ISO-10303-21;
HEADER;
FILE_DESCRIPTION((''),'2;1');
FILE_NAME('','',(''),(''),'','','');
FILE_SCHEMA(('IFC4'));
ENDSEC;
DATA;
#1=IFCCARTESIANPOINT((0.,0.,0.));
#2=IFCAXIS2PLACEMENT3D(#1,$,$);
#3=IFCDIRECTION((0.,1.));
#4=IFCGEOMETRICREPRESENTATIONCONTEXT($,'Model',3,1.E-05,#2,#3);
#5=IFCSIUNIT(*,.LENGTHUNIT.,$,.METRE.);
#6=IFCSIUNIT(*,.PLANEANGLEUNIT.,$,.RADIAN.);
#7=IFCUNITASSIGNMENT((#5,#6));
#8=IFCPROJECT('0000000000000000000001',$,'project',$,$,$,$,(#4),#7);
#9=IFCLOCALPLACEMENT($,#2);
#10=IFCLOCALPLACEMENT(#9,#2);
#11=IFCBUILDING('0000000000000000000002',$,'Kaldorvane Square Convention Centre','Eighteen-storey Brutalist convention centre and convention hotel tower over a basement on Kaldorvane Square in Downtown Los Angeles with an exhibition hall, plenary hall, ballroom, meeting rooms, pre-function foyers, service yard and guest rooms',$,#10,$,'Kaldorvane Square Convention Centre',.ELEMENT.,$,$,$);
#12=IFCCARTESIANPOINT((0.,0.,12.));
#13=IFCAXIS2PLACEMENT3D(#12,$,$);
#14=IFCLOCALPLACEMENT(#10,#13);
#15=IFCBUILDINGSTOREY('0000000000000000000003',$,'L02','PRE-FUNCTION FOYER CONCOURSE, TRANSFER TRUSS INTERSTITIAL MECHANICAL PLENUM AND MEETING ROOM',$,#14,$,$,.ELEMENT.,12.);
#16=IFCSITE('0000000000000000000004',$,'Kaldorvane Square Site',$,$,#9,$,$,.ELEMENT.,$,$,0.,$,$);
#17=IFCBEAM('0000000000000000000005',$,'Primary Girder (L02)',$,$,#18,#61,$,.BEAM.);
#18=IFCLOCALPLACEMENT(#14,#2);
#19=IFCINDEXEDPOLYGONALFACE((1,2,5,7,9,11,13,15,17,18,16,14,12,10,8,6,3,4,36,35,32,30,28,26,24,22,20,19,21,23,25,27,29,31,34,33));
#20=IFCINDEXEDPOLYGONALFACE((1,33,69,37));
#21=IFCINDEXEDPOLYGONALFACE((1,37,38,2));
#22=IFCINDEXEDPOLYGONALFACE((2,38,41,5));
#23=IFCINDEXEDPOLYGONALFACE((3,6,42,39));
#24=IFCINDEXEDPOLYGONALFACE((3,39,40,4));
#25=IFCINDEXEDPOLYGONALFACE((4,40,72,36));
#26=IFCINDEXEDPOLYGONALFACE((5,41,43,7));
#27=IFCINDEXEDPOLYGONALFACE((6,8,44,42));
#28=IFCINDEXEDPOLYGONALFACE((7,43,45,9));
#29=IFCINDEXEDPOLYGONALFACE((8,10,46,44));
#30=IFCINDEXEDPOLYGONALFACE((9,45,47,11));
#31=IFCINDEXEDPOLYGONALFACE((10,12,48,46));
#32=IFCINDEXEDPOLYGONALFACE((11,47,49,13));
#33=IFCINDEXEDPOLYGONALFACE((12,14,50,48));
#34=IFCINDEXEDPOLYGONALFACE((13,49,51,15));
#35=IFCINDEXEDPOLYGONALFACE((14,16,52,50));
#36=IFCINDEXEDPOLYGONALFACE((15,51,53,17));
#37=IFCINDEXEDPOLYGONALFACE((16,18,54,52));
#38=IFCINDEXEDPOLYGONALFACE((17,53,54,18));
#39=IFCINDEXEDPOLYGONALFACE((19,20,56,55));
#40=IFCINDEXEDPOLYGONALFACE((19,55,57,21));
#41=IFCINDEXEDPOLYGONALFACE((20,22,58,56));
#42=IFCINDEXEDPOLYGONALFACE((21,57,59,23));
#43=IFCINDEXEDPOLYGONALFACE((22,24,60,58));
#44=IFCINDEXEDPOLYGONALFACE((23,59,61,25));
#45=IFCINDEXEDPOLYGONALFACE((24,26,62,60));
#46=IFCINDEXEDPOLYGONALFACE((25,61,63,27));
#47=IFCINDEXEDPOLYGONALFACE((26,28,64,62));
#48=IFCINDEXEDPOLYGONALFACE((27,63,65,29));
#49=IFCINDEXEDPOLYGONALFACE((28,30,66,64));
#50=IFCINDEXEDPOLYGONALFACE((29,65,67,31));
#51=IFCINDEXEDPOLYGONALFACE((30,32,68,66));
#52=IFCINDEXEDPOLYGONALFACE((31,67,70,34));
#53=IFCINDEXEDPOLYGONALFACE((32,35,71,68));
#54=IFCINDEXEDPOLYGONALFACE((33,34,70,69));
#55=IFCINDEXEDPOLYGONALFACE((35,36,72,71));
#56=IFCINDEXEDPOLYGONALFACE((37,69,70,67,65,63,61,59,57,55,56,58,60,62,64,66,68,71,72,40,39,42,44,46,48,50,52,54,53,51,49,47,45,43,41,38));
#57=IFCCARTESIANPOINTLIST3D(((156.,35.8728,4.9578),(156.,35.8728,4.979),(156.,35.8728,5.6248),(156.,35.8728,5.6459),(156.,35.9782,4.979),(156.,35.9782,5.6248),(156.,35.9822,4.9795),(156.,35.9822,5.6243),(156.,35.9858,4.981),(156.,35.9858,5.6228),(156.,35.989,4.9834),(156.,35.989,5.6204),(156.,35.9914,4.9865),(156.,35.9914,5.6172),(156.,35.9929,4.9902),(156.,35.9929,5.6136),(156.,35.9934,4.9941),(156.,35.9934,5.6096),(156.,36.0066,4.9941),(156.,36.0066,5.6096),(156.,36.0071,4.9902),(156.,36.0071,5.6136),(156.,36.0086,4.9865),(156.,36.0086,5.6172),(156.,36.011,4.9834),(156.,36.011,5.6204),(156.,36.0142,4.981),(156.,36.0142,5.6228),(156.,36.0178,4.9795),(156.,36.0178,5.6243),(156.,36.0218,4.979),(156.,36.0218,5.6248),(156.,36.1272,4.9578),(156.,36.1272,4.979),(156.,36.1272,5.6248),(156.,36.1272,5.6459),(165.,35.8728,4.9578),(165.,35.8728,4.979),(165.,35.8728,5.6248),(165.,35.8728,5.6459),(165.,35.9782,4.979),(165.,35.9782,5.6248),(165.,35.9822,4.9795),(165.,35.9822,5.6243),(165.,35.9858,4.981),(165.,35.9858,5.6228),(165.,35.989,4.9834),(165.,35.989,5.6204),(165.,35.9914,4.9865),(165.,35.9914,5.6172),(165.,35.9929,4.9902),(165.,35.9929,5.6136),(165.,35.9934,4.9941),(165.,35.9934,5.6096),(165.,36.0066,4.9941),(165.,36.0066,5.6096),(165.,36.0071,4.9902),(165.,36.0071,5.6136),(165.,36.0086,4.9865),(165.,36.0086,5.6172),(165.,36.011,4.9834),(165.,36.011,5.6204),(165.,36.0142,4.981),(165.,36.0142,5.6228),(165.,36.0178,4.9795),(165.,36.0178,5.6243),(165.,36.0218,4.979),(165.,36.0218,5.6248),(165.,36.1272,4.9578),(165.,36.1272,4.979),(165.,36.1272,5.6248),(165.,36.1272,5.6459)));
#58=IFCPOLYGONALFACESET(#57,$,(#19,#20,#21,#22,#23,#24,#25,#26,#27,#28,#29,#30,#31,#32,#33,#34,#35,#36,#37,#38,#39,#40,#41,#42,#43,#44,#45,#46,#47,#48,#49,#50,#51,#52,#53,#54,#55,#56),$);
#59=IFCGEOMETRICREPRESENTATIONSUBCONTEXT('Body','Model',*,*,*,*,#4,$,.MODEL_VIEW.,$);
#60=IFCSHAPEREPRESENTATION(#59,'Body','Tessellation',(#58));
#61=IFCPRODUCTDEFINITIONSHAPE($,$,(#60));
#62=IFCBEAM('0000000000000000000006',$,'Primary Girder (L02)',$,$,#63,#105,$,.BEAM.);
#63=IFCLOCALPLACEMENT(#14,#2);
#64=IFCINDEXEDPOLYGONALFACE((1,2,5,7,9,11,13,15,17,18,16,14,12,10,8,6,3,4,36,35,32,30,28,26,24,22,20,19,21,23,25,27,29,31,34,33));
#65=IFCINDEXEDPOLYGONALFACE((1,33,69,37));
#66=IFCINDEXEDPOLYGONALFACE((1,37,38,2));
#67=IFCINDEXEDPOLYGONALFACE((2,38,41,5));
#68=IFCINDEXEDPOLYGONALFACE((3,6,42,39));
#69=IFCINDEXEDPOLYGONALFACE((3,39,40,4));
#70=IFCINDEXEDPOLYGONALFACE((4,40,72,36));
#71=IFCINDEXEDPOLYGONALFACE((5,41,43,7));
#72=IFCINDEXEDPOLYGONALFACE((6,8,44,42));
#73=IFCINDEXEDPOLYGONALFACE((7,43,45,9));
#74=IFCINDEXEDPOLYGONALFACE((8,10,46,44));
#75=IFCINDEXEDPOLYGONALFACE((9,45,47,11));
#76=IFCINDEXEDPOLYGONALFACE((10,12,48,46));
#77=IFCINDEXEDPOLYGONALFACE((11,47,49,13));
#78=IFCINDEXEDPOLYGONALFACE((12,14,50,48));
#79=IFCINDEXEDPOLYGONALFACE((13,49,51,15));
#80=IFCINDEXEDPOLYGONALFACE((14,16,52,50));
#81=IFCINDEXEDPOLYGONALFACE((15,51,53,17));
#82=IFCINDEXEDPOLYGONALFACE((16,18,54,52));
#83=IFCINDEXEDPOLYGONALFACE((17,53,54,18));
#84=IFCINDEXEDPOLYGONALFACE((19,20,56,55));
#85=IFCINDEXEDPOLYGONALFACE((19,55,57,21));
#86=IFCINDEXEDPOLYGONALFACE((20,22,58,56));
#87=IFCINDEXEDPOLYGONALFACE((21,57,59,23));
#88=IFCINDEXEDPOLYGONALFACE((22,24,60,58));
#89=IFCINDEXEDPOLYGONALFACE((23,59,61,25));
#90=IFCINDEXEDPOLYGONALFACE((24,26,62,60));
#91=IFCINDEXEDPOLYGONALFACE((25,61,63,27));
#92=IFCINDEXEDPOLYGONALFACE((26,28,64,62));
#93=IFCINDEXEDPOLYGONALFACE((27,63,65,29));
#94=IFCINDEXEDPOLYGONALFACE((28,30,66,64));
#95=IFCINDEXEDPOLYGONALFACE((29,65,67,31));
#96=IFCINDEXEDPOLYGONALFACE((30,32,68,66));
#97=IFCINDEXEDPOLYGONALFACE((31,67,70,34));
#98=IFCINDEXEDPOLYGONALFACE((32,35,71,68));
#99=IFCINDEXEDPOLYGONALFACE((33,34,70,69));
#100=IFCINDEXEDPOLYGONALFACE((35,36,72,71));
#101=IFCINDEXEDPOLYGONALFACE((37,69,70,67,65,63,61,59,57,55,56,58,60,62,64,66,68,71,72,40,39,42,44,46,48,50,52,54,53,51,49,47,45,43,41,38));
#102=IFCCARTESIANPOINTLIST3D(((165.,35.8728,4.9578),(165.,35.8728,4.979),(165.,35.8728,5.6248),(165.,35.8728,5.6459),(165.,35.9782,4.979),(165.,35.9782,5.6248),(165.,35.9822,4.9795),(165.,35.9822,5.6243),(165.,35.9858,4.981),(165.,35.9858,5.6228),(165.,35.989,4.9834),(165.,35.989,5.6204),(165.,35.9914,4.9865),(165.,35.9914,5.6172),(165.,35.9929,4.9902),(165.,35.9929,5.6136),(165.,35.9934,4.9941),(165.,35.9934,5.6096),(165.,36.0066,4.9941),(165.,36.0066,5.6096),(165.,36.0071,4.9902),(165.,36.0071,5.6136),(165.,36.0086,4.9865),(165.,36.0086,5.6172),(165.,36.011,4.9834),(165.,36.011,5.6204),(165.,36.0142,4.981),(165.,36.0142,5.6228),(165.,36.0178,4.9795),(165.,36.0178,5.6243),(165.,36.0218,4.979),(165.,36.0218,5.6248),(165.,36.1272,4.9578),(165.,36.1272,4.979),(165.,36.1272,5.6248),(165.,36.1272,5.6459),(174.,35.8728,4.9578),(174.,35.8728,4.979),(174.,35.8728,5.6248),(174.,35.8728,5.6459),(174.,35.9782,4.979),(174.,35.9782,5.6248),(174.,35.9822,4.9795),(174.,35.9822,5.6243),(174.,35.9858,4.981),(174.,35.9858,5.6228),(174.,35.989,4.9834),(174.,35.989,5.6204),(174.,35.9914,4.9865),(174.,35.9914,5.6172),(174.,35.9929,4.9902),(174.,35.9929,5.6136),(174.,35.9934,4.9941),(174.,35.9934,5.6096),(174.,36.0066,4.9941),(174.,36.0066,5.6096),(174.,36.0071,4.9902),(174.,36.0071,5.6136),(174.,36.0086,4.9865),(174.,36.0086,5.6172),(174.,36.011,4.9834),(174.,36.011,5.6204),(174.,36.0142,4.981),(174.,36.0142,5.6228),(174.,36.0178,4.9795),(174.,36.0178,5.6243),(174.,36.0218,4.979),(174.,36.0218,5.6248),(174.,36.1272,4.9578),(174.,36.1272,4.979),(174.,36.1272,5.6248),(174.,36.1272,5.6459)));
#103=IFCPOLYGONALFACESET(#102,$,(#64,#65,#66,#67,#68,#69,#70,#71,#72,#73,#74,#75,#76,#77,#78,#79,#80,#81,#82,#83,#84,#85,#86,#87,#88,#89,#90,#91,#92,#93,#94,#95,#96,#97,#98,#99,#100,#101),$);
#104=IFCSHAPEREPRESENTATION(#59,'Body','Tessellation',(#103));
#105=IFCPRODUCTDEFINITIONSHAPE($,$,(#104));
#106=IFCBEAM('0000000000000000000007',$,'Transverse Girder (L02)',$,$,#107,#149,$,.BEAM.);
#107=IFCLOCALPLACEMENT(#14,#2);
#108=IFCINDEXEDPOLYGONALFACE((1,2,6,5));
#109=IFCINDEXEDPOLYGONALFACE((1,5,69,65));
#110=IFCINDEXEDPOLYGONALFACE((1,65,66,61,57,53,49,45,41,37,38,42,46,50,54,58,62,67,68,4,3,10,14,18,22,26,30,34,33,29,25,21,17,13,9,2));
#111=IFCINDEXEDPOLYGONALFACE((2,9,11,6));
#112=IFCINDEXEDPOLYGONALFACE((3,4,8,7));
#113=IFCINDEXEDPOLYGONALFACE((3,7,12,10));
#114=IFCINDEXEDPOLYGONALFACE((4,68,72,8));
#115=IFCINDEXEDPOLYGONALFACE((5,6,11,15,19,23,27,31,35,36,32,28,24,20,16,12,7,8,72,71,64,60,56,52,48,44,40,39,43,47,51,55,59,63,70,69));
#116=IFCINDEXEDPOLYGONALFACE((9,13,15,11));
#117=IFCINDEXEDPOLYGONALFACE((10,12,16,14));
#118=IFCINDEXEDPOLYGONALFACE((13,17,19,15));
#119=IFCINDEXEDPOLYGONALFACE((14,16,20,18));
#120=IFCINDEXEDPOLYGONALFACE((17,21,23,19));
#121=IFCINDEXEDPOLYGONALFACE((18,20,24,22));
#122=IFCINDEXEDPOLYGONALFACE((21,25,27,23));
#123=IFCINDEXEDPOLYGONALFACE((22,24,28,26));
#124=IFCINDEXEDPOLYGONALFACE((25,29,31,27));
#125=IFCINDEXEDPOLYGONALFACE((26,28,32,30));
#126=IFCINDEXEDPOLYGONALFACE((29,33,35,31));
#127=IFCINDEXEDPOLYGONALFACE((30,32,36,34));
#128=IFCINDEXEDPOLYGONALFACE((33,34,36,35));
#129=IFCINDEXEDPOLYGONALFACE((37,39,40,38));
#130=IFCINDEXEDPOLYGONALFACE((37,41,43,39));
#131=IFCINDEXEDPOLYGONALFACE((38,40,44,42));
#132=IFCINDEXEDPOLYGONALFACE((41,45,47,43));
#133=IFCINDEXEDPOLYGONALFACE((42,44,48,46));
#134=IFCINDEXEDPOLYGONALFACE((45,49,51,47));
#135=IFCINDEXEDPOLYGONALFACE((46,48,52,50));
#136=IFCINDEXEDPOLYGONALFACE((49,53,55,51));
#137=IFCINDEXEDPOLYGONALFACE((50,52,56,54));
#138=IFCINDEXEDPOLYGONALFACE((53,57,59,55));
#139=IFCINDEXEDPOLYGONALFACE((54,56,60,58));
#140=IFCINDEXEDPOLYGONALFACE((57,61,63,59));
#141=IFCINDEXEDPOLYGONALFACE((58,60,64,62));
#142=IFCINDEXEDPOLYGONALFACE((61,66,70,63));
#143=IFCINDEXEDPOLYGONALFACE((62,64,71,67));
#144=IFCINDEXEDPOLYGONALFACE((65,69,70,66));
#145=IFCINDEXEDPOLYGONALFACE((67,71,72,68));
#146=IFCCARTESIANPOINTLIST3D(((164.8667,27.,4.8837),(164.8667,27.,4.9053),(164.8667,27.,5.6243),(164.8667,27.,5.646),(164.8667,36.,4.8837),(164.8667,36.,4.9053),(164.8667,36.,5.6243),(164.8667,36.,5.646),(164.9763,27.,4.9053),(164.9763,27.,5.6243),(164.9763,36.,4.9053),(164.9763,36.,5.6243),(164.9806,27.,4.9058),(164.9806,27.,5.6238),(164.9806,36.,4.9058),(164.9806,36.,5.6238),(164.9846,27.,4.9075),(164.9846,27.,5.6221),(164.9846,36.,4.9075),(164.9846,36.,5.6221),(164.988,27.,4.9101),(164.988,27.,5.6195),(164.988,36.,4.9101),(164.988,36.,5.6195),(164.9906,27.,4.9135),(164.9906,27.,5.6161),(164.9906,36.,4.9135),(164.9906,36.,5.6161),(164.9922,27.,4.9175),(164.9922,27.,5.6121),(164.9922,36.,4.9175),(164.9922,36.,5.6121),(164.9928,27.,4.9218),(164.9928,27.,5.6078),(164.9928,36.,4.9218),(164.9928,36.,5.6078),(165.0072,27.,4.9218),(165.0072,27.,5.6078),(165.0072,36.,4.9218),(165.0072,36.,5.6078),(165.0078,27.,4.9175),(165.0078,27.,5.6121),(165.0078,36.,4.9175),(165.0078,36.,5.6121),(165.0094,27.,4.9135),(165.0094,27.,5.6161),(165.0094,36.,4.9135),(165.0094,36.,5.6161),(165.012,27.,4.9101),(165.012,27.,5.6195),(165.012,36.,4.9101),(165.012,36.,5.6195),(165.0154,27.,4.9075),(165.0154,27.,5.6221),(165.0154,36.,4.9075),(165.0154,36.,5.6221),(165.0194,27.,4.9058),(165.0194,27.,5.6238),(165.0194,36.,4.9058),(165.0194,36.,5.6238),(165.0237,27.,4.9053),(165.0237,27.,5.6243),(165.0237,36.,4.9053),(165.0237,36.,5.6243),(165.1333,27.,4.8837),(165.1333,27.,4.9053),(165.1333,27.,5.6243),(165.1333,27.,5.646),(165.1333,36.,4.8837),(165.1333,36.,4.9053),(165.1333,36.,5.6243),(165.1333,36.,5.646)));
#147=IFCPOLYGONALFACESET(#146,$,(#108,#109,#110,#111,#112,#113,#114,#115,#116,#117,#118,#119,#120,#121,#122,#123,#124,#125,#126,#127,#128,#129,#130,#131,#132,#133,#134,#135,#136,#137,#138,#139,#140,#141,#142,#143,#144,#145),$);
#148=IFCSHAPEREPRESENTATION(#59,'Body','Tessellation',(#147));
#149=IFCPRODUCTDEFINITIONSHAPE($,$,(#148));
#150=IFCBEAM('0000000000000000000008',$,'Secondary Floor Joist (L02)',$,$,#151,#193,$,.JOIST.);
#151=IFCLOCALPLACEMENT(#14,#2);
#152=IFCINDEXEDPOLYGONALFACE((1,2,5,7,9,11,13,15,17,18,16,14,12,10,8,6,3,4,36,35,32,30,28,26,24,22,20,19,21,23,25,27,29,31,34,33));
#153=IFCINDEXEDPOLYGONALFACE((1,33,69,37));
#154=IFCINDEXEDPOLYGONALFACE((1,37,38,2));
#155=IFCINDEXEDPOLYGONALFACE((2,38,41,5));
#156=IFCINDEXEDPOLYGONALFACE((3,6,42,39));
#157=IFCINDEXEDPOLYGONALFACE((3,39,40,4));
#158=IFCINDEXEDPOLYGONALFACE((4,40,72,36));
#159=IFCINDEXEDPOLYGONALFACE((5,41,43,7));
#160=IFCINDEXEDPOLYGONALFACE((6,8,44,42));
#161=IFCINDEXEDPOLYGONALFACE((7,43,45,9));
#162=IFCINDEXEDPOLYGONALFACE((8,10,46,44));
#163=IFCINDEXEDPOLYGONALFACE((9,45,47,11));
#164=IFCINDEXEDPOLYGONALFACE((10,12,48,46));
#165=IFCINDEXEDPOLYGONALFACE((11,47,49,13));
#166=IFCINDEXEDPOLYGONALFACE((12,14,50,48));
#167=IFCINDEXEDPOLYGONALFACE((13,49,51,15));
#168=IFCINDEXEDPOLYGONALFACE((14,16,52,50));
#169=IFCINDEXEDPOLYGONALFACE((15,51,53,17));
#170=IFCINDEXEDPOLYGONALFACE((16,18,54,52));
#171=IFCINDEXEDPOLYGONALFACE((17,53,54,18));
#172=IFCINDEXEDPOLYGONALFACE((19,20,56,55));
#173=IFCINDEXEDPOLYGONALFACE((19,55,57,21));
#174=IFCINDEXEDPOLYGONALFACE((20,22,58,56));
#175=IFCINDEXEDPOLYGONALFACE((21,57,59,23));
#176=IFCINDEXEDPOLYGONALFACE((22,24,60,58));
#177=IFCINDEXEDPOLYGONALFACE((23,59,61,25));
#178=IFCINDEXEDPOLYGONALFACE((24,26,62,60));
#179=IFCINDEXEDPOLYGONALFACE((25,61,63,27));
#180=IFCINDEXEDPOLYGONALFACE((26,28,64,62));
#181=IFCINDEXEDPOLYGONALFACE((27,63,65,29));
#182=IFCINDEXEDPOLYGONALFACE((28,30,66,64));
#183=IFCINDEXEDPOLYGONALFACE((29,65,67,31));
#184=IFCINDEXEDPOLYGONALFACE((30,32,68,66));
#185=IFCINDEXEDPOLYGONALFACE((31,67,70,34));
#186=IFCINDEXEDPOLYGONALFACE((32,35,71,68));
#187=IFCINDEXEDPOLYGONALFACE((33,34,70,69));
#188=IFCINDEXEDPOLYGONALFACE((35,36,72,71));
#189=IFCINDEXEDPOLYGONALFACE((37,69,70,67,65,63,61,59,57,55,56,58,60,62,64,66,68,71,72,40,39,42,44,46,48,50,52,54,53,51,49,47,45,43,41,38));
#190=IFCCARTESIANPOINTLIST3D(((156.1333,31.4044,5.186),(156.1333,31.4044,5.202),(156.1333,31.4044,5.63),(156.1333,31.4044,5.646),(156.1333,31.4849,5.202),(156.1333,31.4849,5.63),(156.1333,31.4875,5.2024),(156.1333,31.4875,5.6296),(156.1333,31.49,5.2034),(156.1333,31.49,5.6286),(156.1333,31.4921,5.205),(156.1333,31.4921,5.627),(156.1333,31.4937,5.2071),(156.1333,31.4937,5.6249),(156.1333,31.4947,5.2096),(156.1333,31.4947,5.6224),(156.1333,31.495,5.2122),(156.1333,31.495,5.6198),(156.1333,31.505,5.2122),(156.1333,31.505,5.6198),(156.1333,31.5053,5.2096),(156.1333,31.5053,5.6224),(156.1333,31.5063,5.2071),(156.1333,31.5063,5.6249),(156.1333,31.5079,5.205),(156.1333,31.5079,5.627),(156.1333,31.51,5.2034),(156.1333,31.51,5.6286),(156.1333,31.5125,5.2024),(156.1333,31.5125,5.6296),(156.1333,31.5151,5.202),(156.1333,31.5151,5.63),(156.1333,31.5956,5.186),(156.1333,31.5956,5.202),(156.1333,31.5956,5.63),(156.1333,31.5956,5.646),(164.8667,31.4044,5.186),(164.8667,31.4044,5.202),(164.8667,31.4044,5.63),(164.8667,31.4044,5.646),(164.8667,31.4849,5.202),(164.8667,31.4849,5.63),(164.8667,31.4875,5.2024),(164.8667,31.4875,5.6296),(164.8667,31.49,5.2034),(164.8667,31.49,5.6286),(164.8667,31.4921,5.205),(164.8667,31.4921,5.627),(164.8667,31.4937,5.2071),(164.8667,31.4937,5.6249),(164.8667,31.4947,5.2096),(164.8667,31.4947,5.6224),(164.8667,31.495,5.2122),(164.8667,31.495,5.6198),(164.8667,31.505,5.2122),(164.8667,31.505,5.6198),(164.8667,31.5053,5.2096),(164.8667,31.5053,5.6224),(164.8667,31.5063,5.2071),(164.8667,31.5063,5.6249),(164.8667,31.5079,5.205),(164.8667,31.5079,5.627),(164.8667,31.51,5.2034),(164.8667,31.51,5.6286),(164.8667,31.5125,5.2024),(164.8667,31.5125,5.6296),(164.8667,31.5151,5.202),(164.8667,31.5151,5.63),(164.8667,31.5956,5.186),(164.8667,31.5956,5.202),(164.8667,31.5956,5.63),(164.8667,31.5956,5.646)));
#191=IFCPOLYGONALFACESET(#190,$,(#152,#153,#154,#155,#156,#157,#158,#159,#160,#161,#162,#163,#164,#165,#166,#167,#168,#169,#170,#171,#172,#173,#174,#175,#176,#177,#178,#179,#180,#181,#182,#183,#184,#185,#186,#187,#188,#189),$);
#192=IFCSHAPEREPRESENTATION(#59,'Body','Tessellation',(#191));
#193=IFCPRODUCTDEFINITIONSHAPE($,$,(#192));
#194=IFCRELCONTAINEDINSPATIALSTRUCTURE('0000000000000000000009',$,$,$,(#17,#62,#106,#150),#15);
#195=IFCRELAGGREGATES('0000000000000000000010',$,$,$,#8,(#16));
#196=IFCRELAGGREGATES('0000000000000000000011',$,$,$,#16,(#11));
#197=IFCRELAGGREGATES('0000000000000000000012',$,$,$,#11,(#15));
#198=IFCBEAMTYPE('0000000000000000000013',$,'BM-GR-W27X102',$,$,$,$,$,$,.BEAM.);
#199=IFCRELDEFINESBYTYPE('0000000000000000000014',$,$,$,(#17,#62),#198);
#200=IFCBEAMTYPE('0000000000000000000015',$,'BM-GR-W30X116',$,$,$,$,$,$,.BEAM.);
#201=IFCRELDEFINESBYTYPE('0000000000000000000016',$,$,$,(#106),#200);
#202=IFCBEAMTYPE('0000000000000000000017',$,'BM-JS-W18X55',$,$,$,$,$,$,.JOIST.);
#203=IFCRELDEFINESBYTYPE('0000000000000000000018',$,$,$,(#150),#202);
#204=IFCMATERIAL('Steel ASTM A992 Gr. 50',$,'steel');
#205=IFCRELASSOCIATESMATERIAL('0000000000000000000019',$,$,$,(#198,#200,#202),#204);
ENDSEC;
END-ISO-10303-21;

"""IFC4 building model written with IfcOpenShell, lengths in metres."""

from ifc_helpers import new_model, si_unit, direction, frame, origin, origin_2d, place, context, subcontext, project, spatial, i_section, extrude, material, material_profile, profile_set, type_object, element, save


model = new_model("IFC4")

# Units and contexts
model_context = context("Model", 3, precision=1e-05, world=origin(), true_north=direction((0.0, 1.0)))
body_context = subcontext(model_context, "Body", "Model", "MODEL_VIEW")
ifc_project = project(units=[si_unit("LENGTHUNIT", "METRE"), si_unit("PLANEANGLEUNIT", "RADIAN")], contexts=[model_context])

# Site, building, storey
site_placement = place(None, origin())
site = spatial("IfcSite", under=ifc_project, at=site_placement, Name="Kaldorvane Square Site", CompositionType="ELEMENT", RefElevation=0.0)
building_placement = place(site_placement, origin())
building = spatial("IfcBuilding", under=site, at=building_placement, Name="Kaldorvane Square Convention Centre", Description="Eighteen-storey Brutalist convention centre and convention hotel tower over a basement on Kaldorvane Square in Downtown Los Angeles with an exhibition hall, plenary hall, ballroom, meeting rooms, pre-function foyers, service yard and guest rooms", LongName="Kaldorvane Square Convention Centre", CompositionType="ELEMENT")
storey_placement = place(building_placement, frame((0.0, 0.0, 12.0)))
storey = spatial("IfcBuildingStorey", under=building, at=storey_placement, Name="L02", Description="PRE-FUNCTION FOYER CONCOURSE, TRANSFER TRUSS INTERSTITIAL MECHANICAL PLENUM AND MEETING ROOM", CompositionType="ELEMENT", Elevation=12.0)

# Shared definitions
ifc_material_1 = material(Name="Steel ASTM A992 Gr. 50", Category="steel")

# Beams
ifc_material_profile_1 = material_profile(ifc_material_1, i_section(OverallWidth=0.2544, OverallDepth=0.6881, WebThickness=0.0131, FlangeThickness=0.0211, FilletRadius=0.0152, at=origin_2d()), Name="W27X102")
ifc_profile_set_1 = profile_set([ifc_material_profile_1], Name="Steel ASTM A992 Gr. 50")
beam_type_1 = type_object("IfcBeamType", Name="BM-GR-W27X102", PredefinedType="BEAM", material=ifc_profile_set_1)
for number, where, z_axis, x_axis, name in (
    (1, (156.0, 36.0, 5.3019), (1.0, 0.0, 0.0), (0.0, 1.0, 0.0), "Primary Girder (L02)"),
    (2, (165.0, 36.0, 5.3019), (1.0, 0.0, 0.0), (0.0, 1.0, 0.0), "Primary Girder (L02)"),
):
    element("IfcBeam", number, at=place(storey_placement, frame(where, z_axis=z_axis, x_axis=x_axis)), inside=storey, type_object=beam_type_1, Name=name, PredefinedType="BEAM", context=body_context, shape_type="SweptSolid", body=[
        extrude(i_section(OverallWidth=0.2544, OverallDepth=0.6881, WebThickness=0.0131, FlangeThickness=0.0211, FilletRadius=0.0152, at=origin_2d()), origin(), (0.0, 0.0, 1.0), 9.0),
    ])
ifc_material_profile_2 = material_profile(ifc_material_1, i_section(OverallWidth=0.2666, OverallDepth=0.7623, WebThickness=0.0144, FlangeThickness=0.0216, FilletRadius=0.0165, at=origin_2d()), Name="W30X116")
ifc_profile_set_2 = profile_set([ifc_material_profile_2], Name="Steel ASTM A992 Gr. 50")
beam_type_2 = type_object("IfcBeamType", Name="BM-GR-W30X116", PredefinedType="BEAM", material=ifc_profile_set_2)
beam_1_placement = place(storey_placement, frame((165.0, 27.0, 5.2648), z_axis=(0.0, 1.0, 0.0), x_axis=(-1.0, 0.0, 0.0)))
element("IfcBeam", 3, at=beam_1_placement, inside=storey, type_object=beam_type_2, Name="Transverse Girder (L02)", PredefinedType="BEAM", context=body_context, shape_type="SweptSolid", body=[
    extrude(i_section(OverallWidth=0.2666, OverallDepth=0.7623, WebThickness=0.0144, FlangeThickness=0.0216, FilletRadius=0.0165, at=origin_2d()), origin(), (0.0, 0.0, 1.0), 9.0),
])
ifc_material_profile_3 = material_profile(ifc_material_1, i_section(OverallWidth=0.1913, OverallDepth=0.46, WebThickness=0.0099, FlangeThickness=0.016, FilletRadius=0.0102, at=origin_2d()), Name="W18X55")
ifc_profile_set_3 = profile_set([ifc_material_profile_3], Name="Steel ASTM A992 Gr. 50")
beam_type_3 = type_object("IfcBeamType", Name="BM-JS-W18X55", PredefinedType="JOIST", material=ifc_profile_set_3)
beam_2_placement = place(storey_placement, frame((156.1333, 31.5, 5.416), z_axis=(1.0, 0.0, 0.0), x_axis=(0.0, 1.0, 0.0)))
element("IfcBeam", 4, at=beam_2_placement, inside=storey, type_object=beam_type_3, Name="Secondary Floor Joist (L02)", PredefinedType="JOIST", context=body_context, shape_type="SweptSolid", body=[
    extrude(i_section(OverallWidth=0.1913, OverallDepth=0.46, WebThickness=0.0099, FlangeThickness=0.016, FilletRadius=0.0102, at=origin_2d()), origin(), (0.0, 0.0, 1.0), 8.7334),
])

save(model, "model.ifc")
